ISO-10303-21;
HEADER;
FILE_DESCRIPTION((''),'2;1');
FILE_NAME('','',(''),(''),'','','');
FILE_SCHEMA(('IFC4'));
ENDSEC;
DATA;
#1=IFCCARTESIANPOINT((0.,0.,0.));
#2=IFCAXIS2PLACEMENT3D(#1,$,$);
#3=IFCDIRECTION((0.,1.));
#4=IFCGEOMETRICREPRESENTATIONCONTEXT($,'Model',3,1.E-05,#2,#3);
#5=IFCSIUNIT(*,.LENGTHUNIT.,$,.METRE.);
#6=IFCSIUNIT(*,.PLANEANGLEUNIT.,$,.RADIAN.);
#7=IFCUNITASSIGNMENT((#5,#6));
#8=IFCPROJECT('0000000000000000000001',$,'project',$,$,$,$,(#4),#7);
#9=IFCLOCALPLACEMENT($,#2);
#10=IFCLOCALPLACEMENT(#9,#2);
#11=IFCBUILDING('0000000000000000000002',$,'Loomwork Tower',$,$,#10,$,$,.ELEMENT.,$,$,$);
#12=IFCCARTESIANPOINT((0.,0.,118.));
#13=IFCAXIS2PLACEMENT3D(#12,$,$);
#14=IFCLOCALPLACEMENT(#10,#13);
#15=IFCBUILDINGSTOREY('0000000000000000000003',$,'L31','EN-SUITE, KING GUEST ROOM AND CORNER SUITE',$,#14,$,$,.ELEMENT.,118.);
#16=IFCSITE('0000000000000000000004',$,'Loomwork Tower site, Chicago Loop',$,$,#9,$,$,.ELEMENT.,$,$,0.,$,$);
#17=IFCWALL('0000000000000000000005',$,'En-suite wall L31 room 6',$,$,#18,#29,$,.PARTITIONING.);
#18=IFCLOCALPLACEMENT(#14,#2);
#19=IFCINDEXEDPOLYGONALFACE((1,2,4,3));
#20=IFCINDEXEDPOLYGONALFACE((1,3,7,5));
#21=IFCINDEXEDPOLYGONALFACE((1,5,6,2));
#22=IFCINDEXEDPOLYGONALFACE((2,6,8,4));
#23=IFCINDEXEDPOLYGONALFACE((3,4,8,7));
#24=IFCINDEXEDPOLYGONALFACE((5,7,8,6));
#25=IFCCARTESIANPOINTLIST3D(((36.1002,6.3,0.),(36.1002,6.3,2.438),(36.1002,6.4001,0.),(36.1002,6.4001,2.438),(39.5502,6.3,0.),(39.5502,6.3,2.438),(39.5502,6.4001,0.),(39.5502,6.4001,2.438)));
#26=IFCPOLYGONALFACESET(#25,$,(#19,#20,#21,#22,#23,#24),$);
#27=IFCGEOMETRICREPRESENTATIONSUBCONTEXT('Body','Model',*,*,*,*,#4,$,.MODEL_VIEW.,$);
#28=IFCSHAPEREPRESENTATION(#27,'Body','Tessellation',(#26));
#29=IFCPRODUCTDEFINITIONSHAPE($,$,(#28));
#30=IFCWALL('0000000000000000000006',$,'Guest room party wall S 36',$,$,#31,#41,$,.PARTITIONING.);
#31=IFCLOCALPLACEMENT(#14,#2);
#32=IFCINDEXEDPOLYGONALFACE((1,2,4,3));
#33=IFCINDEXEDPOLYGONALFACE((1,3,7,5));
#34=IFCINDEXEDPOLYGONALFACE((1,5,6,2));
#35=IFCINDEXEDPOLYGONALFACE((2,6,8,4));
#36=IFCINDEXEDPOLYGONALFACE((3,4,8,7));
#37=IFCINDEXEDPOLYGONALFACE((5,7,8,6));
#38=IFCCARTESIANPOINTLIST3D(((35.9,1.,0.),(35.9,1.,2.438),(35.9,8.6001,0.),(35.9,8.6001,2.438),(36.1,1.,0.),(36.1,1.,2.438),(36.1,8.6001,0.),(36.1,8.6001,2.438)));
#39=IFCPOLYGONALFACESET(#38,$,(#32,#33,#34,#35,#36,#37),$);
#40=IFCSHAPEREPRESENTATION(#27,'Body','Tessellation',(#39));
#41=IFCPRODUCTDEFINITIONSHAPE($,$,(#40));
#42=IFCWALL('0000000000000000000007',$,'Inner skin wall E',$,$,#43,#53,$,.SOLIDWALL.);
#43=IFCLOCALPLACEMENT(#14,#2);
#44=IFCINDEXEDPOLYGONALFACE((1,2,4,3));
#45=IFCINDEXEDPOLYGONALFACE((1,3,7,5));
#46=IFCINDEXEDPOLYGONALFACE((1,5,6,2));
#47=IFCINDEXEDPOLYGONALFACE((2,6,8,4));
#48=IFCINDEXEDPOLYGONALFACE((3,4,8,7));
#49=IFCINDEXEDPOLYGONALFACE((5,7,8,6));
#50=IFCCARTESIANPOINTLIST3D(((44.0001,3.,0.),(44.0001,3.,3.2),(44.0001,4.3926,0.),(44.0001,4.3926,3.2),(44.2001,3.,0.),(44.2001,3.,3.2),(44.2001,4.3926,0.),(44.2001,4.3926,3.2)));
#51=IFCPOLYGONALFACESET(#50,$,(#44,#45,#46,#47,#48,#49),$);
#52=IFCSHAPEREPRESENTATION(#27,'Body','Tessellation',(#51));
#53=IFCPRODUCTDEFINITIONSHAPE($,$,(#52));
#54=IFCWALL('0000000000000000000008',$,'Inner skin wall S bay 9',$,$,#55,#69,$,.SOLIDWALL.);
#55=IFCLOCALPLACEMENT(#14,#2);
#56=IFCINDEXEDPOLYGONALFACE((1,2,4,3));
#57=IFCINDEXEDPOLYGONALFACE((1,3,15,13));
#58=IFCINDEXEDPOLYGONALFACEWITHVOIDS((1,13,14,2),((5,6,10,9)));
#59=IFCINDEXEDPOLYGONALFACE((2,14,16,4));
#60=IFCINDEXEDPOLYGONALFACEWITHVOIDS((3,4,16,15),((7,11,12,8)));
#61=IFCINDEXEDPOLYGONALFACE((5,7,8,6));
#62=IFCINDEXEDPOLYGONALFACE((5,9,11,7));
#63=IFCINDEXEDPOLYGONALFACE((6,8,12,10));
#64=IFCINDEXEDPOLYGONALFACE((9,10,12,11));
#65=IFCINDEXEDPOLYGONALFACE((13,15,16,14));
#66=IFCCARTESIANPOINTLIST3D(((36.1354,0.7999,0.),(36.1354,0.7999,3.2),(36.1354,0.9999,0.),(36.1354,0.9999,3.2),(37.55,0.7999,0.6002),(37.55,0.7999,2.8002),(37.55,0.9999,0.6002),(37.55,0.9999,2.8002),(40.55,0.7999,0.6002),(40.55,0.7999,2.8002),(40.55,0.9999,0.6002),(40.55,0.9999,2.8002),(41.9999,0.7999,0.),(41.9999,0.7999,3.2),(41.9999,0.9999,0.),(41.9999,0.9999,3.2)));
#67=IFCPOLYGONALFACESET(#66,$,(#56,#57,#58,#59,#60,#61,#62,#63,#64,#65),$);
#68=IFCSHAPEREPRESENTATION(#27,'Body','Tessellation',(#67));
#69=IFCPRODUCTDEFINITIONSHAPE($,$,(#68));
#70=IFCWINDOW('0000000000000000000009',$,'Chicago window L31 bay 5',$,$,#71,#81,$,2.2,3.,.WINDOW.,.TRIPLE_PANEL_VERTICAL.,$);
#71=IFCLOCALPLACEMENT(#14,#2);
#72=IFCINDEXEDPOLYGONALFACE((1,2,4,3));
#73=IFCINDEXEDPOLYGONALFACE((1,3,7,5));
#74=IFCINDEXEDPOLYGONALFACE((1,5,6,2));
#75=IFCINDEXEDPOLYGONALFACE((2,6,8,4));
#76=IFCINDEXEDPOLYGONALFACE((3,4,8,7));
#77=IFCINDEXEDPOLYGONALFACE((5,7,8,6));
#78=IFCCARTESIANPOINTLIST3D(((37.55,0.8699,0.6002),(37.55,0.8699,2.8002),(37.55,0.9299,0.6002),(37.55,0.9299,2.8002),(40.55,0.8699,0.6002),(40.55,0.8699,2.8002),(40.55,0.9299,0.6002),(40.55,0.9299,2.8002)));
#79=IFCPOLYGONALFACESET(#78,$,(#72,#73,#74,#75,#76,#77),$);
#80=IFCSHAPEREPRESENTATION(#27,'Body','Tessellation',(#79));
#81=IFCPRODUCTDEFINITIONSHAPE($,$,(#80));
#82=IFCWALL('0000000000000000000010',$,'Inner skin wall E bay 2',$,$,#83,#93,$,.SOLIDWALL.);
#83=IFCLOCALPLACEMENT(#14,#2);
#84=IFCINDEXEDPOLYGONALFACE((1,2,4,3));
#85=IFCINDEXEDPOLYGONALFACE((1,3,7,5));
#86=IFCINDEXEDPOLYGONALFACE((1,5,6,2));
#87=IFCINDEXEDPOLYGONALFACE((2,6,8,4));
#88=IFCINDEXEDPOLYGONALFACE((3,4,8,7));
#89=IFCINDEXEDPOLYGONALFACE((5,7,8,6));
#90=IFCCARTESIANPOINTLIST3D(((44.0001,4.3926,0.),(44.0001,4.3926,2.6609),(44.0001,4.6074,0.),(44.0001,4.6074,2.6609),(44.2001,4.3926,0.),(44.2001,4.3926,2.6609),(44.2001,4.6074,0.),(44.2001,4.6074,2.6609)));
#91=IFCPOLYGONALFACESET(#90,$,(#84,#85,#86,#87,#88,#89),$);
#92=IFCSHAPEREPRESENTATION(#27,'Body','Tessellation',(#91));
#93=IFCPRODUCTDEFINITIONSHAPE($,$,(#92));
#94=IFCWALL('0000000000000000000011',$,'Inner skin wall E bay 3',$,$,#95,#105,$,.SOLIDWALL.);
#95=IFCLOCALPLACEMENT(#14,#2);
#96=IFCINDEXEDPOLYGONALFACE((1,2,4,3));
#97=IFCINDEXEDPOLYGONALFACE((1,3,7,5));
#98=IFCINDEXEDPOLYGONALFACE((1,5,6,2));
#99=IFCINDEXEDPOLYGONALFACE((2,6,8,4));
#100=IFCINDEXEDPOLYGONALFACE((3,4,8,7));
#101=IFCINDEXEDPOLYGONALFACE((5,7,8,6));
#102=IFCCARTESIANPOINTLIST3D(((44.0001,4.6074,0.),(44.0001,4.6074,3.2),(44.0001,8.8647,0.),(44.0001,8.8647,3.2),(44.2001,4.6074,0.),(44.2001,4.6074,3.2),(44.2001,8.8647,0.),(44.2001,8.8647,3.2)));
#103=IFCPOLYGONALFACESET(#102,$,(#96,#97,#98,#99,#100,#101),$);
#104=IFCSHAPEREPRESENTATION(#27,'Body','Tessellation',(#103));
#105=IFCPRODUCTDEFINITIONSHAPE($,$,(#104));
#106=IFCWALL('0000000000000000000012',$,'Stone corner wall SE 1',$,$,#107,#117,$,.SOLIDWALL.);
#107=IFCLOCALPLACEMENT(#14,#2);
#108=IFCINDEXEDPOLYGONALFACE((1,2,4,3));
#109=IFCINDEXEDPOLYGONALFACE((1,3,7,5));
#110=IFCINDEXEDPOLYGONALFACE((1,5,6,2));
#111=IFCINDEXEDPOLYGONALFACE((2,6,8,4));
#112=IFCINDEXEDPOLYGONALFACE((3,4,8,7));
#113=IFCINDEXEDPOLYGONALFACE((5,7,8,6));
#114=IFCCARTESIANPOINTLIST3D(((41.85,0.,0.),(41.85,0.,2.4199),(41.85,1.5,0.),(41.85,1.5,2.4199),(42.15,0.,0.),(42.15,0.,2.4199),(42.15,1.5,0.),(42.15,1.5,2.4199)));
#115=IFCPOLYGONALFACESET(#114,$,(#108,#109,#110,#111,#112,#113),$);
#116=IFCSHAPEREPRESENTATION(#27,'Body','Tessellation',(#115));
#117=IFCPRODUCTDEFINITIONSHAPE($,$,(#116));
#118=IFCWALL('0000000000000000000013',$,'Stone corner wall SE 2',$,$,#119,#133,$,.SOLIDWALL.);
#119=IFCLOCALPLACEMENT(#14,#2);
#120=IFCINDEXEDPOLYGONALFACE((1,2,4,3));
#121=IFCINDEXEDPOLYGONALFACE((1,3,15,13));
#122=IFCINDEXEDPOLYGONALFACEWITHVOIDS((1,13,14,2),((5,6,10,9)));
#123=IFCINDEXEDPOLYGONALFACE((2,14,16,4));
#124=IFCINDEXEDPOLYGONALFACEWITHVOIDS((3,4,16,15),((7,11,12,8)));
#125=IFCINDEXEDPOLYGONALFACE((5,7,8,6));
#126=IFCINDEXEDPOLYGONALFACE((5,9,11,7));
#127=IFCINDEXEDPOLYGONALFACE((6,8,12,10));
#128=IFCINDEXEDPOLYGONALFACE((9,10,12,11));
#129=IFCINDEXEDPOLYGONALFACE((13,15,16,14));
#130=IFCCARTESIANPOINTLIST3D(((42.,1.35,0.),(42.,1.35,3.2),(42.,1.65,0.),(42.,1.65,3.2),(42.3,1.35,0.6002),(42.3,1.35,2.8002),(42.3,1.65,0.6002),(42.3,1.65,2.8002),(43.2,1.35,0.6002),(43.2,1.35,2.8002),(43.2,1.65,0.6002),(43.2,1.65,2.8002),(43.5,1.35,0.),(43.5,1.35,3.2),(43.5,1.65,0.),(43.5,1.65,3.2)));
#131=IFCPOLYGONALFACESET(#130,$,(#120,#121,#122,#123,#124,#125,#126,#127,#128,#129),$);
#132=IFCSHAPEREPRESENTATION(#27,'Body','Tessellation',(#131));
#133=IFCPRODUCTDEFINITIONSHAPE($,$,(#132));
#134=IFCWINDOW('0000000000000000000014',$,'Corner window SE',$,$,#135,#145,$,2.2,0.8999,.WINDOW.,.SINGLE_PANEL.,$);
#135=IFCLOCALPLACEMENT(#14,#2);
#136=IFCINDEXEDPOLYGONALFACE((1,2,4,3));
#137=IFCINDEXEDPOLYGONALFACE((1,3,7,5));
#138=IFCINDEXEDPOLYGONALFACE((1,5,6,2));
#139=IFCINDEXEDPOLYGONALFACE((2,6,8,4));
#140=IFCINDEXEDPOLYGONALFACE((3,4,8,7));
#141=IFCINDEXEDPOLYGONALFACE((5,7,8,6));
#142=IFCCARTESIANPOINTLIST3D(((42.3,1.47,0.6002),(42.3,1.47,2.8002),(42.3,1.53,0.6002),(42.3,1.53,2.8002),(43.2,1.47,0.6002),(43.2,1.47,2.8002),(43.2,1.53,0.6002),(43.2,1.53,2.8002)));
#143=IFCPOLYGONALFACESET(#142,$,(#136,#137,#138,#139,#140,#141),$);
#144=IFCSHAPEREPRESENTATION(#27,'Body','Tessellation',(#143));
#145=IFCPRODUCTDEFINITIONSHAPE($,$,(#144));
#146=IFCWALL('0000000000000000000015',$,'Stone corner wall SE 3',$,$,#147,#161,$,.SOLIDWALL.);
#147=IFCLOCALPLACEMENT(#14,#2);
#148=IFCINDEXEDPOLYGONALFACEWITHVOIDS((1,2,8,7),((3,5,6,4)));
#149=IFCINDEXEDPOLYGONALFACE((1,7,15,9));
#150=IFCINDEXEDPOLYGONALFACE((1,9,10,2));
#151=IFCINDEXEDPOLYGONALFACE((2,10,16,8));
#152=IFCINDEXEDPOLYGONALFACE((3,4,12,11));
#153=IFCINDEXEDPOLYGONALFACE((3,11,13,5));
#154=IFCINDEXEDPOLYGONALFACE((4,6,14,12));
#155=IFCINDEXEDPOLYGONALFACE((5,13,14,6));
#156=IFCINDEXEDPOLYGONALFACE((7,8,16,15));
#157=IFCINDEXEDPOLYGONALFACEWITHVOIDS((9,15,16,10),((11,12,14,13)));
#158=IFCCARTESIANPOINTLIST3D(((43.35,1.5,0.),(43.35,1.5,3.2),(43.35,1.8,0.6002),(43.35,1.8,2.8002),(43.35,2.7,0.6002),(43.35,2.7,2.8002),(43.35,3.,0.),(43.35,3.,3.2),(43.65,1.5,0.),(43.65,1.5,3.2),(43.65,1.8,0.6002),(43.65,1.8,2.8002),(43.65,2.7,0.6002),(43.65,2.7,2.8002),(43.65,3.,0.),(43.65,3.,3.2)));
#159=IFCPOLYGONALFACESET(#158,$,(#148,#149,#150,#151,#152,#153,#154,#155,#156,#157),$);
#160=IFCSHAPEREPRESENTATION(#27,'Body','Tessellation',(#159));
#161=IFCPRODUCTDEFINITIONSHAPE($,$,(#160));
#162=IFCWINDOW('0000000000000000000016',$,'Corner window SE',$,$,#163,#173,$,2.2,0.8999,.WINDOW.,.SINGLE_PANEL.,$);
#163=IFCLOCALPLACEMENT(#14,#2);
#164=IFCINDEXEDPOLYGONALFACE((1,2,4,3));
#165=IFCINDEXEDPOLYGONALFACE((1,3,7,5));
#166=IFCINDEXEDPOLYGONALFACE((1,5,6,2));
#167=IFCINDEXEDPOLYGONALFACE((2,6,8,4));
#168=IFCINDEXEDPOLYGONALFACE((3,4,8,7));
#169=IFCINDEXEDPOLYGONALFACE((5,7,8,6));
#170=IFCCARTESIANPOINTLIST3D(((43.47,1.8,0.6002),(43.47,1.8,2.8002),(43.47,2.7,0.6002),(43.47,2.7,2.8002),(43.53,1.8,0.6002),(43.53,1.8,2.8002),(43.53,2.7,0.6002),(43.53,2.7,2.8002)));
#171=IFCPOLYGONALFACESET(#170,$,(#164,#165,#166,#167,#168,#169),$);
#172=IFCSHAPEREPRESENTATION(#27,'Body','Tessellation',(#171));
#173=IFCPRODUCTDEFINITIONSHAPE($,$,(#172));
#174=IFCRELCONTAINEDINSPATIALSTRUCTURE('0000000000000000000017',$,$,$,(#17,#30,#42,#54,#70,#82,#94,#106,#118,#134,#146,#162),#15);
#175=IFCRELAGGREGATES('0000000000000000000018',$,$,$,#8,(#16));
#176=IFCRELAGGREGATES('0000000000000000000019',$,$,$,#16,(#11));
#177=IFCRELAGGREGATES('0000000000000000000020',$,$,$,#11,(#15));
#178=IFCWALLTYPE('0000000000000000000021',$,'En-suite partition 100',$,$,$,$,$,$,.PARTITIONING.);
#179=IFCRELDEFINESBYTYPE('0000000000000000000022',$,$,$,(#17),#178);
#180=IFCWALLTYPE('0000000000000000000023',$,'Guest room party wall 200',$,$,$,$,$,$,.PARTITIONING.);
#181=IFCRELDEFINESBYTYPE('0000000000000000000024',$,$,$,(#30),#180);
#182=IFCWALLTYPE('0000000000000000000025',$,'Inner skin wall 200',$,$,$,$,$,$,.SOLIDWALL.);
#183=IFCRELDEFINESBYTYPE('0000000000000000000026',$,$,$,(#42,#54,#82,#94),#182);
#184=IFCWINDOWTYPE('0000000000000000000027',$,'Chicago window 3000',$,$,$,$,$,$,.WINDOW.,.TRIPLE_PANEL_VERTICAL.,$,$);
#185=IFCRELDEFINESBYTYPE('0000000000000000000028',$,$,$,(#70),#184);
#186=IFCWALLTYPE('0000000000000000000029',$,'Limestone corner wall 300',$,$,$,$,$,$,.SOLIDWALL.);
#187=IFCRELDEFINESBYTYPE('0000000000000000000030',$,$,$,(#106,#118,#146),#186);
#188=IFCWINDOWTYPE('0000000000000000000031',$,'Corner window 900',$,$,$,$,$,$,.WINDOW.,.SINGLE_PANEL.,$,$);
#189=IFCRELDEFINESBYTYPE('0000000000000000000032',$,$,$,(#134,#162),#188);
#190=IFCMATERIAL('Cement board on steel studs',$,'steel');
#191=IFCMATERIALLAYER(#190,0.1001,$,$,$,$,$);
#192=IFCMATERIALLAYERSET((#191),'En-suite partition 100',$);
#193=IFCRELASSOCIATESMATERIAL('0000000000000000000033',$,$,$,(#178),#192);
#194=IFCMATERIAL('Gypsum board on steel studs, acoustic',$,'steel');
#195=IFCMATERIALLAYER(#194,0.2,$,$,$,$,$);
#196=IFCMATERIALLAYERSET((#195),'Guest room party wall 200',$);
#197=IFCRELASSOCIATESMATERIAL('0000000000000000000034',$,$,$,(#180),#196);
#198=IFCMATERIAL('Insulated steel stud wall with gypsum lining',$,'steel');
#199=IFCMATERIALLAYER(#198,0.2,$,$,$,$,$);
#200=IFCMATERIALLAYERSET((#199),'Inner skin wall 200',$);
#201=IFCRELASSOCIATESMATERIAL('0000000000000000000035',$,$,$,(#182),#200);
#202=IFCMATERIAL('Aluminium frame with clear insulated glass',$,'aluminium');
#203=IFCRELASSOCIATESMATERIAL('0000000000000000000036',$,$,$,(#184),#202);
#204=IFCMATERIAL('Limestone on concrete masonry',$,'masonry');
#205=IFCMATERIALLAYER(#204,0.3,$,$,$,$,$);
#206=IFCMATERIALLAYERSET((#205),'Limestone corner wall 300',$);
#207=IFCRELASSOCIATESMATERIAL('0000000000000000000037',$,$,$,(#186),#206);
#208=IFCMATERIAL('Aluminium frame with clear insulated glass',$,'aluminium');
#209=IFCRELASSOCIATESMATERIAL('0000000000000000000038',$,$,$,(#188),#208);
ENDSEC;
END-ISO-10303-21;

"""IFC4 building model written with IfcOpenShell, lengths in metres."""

from ifc_helpers import new_model, si_unit, direction, frame, frame_2d, origin, place, context, subcontext, project, spatial, rectangle, extrude, material, layer, layer_set, type_object, element, fill, save


model = new_model("IFC4")

# Units and contexts
model_context = context("Model", 3, precision=1e-05, world=origin(), true_north=direction((0.0, 1.0)))
body_context = subcontext(model_context, "Body", "Model", "MODEL_VIEW")
ifc_project = project(units=[si_unit("LENGTHUNIT", "METRE"), si_unit("PLANEANGLEUNIT", "RADIAN")], contexts=[model_context])

# Site, building, storey
site_placement = place(None, origin())
site = spatial("IfcSite", under=ifc_project, at=site_placement, Name="Loomwork Tower site, Chicago Loop", CompositionType="ELEMENT", RefElevation=0.0)
building_placement = place(site_placement, origin())
building = spatial("IfcBuilding", under=site, at=building_placement, Name="Loomwork Tower", CompositionType="ELEMENT")
storey_placement = place(building_placement, frame((0.0, 0.0, 118.0)))
storey = spatial("IfcBuildingStorey", under=building, at=storey_placement, Name="L31", Description="EN-SUITE, KING GUEST ROOM AND CORNER SUITE", CompositionType="ELEMENT", Elevation=118.0)

# Walls
ifc_material_1 = material(Name="Cement board on steel studs", Category="steel")
ifc_layer_1 = layer(ifc_material_1, 0.1001)
ifc_layer_set_1 = layer_set([ifc_layer_1], Name="En-suite partition 100")
wall_type_1 = type_object("IfcWallType", Name="En-suite partition 100", PredefinedType="PARTITIONING", material=ifc_layer_set_1)
wall_1_placement = place(storey_placement, frame((36.1001, 6.3501, 0.0), z_axis=(0.0, 0.0, 1.0), x_axis=(1.0, 0.0, 0.0)))
element("IfcWall", 1, at=wall_1_placement, inside=storey, type_object=wall_type_1, Name="En-suite wall L31 room 6", PredefinedType="PARTITIONING", context=body_context, shape_type="SweptSolid", body=[
    extrude(rectangle(XDim=3.45, YDim=0.1001, at=frame_2d((1.7251, 0.0))), origin(), (0.0, 0.0, 1.0), 2.438),
])
ifc_material_2 = material(Name="Gypsum board on steel studs, acoustic", Category="steel")
ifc_layer_2 = layer(ifc_material_2, 0.2)
ifc_layer_set_2 = layer_set([ifc_layer_2], Name="Guest room party wall 200")
wall_type_2 = type_object("IfcWallType", Name="Guest room party wall 200", PredefinedType="PARTITIONING", material=ifc_layer_set_2)
wall_2_placement = place(storey_placement, frame((36.0, 8.6001, 0.0), z_axis=(0.0, 0.0, 1.0), x_axis=(0.0, -1.0, 0.0)))
element("IfcWall", 2, at=wall_2_placement, inside=storey, type_object=wall_type_2, Name="Guest room party wall S 36", PredefinedType="PARTITIONING", context=body_context, shape_type="SweptSolid", body=[
    extrude(rectangle(XDim=7.6001, YDim=0.2, at=frame_2d((3.8, 0.0))), origin(), (0.0, 0.0, 1.0), 2.438),
])
ifc_material_3 = material(Name="Insulated steel stud wall with gypsum lining", Category="steel")
ifc_layer_3 = layer(ifc_material_3, 0.2)
ifc_layer_set_3 = layer_set([ifc_layer_3], Name="Inner skin wall 200")
wall_type_3 = type_object("IfcWallType", Name="Inner skin wall 200", PredefinedType="SOLIDWALL", material=ifc_layer_set_3)
wall_3_placement = place(storey_placement, frame((44.1001, 3.0, 0.0), z_axis=(0.0, 0.0, 1.0), x_axis=(0.0, 1.0, 0.0)))
element("IfcWall", 3, at=wall_3_placement, inside=storey, type_object=wall_type_3, Name="Inner skin wall E", PredefinedType="SOLIDWALL", context=body_context, shape_type="SweptSolid", body=[
    extrude(rectangle(XDim=1.3926, YDim=0.2, at=frame_2d((0.6963, 0.0))), origin(), (0.0, 0.0, 1.0), 3.2),
])

# Wall, opening, window
wall_4_placement = place(storey_placement, frame((36.1355, 0.8999, 0.0), z_axis=(0.0, 0.0, 1.0), x_axis=(1.0, 0.0, 0.0)))
wall_4 = element("IfcWall", 4, at=wall_4_placement, inside=storey, type_object=wall_type_3, Name="Inner skin wall S bay 9", PredefinedType="SOLIDWALL", context=body_context, shape_type="SweptSolid", body=[
    extrude(rectangle(XDim=5.8645, YDim=0.2, at=frame_2d((2.9321, 0.0))), origin(), (0.0, 0.0, 1.0), 3.2),
])
opening_1_placement = place(wall_4_placement, frame((1.4146, 0.0, 0.6001)))
opening_1 = element("IfcOpeningElement", 5, at=opening_1_placement, cuts=wall_4, PredefinedType="OPENING", context=body_context, shape_type="SweptSolid", body=[
    extrude(rectangle(XDim=3.0, YDim=2.2, at=frame_2d((1.5, 1.1001))), frame((0.0, 0.1099, 0.0), z_axis=(0.0, -1.0, 0.0), x_axis=(1.0, 0.0, 0.0)), (0.0, 0.0, 1.0), 0.22),
])
ifc_material_4 = material(Name="Aluminium frame with clear insulated glass", Category="aluminium")
window_type_1 = type_object("IfcWindowType", Name="Chicago window 3000", PartitioningType="TRIPLE_PANEL_VERTICAL", PredefinedType="WINDOW", material=ifc_material_4)
window_1_placement = place(opening_1_placement, origin())
window_1 = element("IfcWindow", 6, at=window_1_placement, inside=storey, type_object=window_type_1, Name="Chicago window L31 bay 5", OverallHeight=2.2, OverallWidth=3.0, PartitioningType="TRIPLE_PANEL_VERTICAL", PredefinedType="WINDOW", context=body_context, shape_type="SweptSolid", body=[
    extrude(rectangle(XDim=3.0, YDim=2.2, at=frame_2d((1.5, 1.1001))), frame((0.0, 0.03, 0.0), z_axis=(0.0, -1.0, 0.0), x_axis=(1.0, 0.0, 0.0)), (0.0, 0.0, 1.0), 0.0601),
])
fill(opening_1, window_1)

# Walls
wall_5_placement = place(storey_placement, frame((44.1001, 4.3926, 0.0), z_axis=(0.0, 0.0, 1.0), x_axis=(0.0, 1.0, 0.0)))
element("IfcWall", 7, at=wall_5_placement, inside=storey, type_object=wall_type_3, Name="Inner skin wall E bay 2", PredefinedType="SOLIDWALL", context=body_context, shape_type="SweptSolid", body=[
    extrude(rectangle(XDim=0.2148, YDim=0.2, at=frame_2d((0.1074, 0.0))), origin(), (0.0, 0.0, 1.0), 2.6609),
])
wall_6_placement = place(storey_placement, frame((44.1001, 4.6074, 0.0), z_axis=(0.0, 0.0, 1.0), x_axis=(0.0, 1.0, 0.0)))
element("IfcWall", 8, at=wall_6_placement, inside=storey, type_object=wall_type_3, Name="Inner skin wall E bay 3", PredefinedType="SOLIDWALL", context=body_context, shape_type="SweptSolid", body=[
    extrude(rectangle(XDim=4.2573, YDim=0.2, at=frame_2d((2.1287, 0.0))), origin(), (0.0, 0.0, 1.0), 3.2),
])
ifc_material_5 = material(Name="Limestone on concrete masonry", Category="masonry")
ifc_layer_4 = layer(ifc_material_5, 0.3)
ifc_layer_set_4 = layer_set([ifc_layer_4], Name="Limestone corner wall 300")
wall_type_4 = type_object("IfcWallType", Name="Limestone corner wall 300", PredefinedType="SOLIDWALL", material=ifc_layer_set_4)
wall_7_placement = place(storey_placement, frame((42.0, 0.0, 0.0), z_axis=(0.0, 0.0, 1.0), x_axis=(0.0, 1.0, 0.0)))
element("IfcWall", 9, at=wall_7_placement, inside=storey, type_object=wall_type_4, Name="Stone corner wall SE 1", PredefinedType="SOLIDWALL", context=body_context, shape_type="SweptSolid", body=[
    extrude(rectangle(XDim=1.5, YDim=0.3, at=frame_2d((0.75, 0.0))), origin(), (0.0, 0.0, 1.0), 2.4199),
])

# Walls, openings, windows
wall_8_placement = place(storey_placement, frame((42.0, 1.5, 0.0), z_axis=(0.0, 0.0, 1.0), x_axis=(1.0, 0.0, 0.0)))
wall_8 = element("IfcWall", 10, at=wall_8_placement, inside=storey, type_object=wall_type_4, Name="Stone corner wall SE 2", PredefinedType="SOLIDWALL", context=body_context, shape_type="SweptSolid", body=[
    extrude(rectangle(XDim=1.5, YDim=0.3, at=frame_2d((0.75, 0.0))), origin(), (0.0, 0.0, 1.0), 3.2),
])
opening_2_placement = place(wall_8_placement, frame((0.3, 0.0, 0.6001)))
opening_2 = element("IfcOpeningElement", 11, at=opening_2_placement, cuts=wall_8, PredefinedType="OPENING", context=body_context, shape_type="SweptSolid", body=[
    extrude(rectangle(XDim=0.8999, YDim=2.2, at=frame_2d((0.45, 1.1001))), frame((0.0, 0.1599, 0.0), z_axis=(0.0, -1.0, 0.0), x_axis=(1.0, 0.0, 0.0)), (0.0, 0.0, 1.0), 0.3201),
])
ifc_material_6 = material(Name="Aluminium frame with clear insulated glass", Category="aluminium")
window_type_2 = type_object("IfcWindowType", Name="Corner window 900", PartitioningType="SINGLE_PANEL", PredefinedType="WINDOW", material=ifc_material_6)
window_2_placement = place(opening_2_placement, origin())
window_2 = element("IfcWindow", 12, at=window_2_placement, inside=storey, type_object=window_type_2, Name="Corner window SE", OverallHeight=2.2, OverallWidth=0.8999, PartitioningType="SINGLE_PANEL", PredefinedType="WINDOW", context=body_context, shape_type="SweptSolid", body=[
    extrude(rectangle(XDim=0.8999, YDim=2.2, at=frame_2d((0.45, 1.1001))), frame((0.0, 0.03, 0.0), z_axis=(0.0, -1.0, 0.0), x_axis=(1.0, 0.0, 0.0)), (0.0, 0.0, 1.0), 0.0601),
])
fill(opening_2, window_2)
wall_9_placement = place(storey_placement, frame((43.5, 1.5, 0.0), z_axis=(0.0, 0.0, 1.0), x_axis=(0.0, 1.0, 0.0)))
wall_9 = element("IfcWall", 13, at=wall_9_placement, inside=storey, type_object=wall_type_4, Name="Stone corner wall SE 3", PredefinedType="SOLIDWALL", context=body_context, shape_type="SweptSolid", body=[
    extrude(rectangle(XDim=1.5, YDim=0.3, at=frame_2d((0.75, 0.0))), origin(), (0.0, 0.0, 1.0), 3.2),
])
opening_3_placement = place(wall_9_placement, frame((0.3, 0.0, 0.6001)))
opening_3 = element("IfcOpeningElement", 14, at=opening_3_placement, cuts=wall_9, PredefinedType="OPENING", context=body_context, shape_type="SweptSolid", body=[
    extrude(rectangle(XDim=0.8999, YDim=2.2, at=frame_2d((0.45, 1.1001))), frame((0.0, 0.1599, 0.0), z_axis=(0.0, -1.0, 0.0), x_axis=(1.0, 0.0, 0.0)), (0.0, 0.0, 1.0), 0.3201),
])
window_3_placement = place(opening_3_placement, origin())
window_3 = element("IfcWindow", 15, at=window_3_placement, inside=storey, type_object=window_type_2, Name="Corner window SE", OverallHeight=2.2, OverallWidth=0.8999, PartitioningType="SINGLE_PANEL", PredefinedType="WINDOW", context=body_context, shape_type="SweptSolid", body=[
    extrude(rectangle(XDim=0.8999, YDim=2.2, at=frame_2d((0.45, 1.1001))), frame((0.0, 0.03, 0.0), z_axis=(0.0, -1.0, 0.0), x_axis=(1.0, 0.0, 0.0)), (0.0, 0.0, 1.0), 0.0601),
])
fill(opening_3, window_3)

save(model, "model.ifc")
